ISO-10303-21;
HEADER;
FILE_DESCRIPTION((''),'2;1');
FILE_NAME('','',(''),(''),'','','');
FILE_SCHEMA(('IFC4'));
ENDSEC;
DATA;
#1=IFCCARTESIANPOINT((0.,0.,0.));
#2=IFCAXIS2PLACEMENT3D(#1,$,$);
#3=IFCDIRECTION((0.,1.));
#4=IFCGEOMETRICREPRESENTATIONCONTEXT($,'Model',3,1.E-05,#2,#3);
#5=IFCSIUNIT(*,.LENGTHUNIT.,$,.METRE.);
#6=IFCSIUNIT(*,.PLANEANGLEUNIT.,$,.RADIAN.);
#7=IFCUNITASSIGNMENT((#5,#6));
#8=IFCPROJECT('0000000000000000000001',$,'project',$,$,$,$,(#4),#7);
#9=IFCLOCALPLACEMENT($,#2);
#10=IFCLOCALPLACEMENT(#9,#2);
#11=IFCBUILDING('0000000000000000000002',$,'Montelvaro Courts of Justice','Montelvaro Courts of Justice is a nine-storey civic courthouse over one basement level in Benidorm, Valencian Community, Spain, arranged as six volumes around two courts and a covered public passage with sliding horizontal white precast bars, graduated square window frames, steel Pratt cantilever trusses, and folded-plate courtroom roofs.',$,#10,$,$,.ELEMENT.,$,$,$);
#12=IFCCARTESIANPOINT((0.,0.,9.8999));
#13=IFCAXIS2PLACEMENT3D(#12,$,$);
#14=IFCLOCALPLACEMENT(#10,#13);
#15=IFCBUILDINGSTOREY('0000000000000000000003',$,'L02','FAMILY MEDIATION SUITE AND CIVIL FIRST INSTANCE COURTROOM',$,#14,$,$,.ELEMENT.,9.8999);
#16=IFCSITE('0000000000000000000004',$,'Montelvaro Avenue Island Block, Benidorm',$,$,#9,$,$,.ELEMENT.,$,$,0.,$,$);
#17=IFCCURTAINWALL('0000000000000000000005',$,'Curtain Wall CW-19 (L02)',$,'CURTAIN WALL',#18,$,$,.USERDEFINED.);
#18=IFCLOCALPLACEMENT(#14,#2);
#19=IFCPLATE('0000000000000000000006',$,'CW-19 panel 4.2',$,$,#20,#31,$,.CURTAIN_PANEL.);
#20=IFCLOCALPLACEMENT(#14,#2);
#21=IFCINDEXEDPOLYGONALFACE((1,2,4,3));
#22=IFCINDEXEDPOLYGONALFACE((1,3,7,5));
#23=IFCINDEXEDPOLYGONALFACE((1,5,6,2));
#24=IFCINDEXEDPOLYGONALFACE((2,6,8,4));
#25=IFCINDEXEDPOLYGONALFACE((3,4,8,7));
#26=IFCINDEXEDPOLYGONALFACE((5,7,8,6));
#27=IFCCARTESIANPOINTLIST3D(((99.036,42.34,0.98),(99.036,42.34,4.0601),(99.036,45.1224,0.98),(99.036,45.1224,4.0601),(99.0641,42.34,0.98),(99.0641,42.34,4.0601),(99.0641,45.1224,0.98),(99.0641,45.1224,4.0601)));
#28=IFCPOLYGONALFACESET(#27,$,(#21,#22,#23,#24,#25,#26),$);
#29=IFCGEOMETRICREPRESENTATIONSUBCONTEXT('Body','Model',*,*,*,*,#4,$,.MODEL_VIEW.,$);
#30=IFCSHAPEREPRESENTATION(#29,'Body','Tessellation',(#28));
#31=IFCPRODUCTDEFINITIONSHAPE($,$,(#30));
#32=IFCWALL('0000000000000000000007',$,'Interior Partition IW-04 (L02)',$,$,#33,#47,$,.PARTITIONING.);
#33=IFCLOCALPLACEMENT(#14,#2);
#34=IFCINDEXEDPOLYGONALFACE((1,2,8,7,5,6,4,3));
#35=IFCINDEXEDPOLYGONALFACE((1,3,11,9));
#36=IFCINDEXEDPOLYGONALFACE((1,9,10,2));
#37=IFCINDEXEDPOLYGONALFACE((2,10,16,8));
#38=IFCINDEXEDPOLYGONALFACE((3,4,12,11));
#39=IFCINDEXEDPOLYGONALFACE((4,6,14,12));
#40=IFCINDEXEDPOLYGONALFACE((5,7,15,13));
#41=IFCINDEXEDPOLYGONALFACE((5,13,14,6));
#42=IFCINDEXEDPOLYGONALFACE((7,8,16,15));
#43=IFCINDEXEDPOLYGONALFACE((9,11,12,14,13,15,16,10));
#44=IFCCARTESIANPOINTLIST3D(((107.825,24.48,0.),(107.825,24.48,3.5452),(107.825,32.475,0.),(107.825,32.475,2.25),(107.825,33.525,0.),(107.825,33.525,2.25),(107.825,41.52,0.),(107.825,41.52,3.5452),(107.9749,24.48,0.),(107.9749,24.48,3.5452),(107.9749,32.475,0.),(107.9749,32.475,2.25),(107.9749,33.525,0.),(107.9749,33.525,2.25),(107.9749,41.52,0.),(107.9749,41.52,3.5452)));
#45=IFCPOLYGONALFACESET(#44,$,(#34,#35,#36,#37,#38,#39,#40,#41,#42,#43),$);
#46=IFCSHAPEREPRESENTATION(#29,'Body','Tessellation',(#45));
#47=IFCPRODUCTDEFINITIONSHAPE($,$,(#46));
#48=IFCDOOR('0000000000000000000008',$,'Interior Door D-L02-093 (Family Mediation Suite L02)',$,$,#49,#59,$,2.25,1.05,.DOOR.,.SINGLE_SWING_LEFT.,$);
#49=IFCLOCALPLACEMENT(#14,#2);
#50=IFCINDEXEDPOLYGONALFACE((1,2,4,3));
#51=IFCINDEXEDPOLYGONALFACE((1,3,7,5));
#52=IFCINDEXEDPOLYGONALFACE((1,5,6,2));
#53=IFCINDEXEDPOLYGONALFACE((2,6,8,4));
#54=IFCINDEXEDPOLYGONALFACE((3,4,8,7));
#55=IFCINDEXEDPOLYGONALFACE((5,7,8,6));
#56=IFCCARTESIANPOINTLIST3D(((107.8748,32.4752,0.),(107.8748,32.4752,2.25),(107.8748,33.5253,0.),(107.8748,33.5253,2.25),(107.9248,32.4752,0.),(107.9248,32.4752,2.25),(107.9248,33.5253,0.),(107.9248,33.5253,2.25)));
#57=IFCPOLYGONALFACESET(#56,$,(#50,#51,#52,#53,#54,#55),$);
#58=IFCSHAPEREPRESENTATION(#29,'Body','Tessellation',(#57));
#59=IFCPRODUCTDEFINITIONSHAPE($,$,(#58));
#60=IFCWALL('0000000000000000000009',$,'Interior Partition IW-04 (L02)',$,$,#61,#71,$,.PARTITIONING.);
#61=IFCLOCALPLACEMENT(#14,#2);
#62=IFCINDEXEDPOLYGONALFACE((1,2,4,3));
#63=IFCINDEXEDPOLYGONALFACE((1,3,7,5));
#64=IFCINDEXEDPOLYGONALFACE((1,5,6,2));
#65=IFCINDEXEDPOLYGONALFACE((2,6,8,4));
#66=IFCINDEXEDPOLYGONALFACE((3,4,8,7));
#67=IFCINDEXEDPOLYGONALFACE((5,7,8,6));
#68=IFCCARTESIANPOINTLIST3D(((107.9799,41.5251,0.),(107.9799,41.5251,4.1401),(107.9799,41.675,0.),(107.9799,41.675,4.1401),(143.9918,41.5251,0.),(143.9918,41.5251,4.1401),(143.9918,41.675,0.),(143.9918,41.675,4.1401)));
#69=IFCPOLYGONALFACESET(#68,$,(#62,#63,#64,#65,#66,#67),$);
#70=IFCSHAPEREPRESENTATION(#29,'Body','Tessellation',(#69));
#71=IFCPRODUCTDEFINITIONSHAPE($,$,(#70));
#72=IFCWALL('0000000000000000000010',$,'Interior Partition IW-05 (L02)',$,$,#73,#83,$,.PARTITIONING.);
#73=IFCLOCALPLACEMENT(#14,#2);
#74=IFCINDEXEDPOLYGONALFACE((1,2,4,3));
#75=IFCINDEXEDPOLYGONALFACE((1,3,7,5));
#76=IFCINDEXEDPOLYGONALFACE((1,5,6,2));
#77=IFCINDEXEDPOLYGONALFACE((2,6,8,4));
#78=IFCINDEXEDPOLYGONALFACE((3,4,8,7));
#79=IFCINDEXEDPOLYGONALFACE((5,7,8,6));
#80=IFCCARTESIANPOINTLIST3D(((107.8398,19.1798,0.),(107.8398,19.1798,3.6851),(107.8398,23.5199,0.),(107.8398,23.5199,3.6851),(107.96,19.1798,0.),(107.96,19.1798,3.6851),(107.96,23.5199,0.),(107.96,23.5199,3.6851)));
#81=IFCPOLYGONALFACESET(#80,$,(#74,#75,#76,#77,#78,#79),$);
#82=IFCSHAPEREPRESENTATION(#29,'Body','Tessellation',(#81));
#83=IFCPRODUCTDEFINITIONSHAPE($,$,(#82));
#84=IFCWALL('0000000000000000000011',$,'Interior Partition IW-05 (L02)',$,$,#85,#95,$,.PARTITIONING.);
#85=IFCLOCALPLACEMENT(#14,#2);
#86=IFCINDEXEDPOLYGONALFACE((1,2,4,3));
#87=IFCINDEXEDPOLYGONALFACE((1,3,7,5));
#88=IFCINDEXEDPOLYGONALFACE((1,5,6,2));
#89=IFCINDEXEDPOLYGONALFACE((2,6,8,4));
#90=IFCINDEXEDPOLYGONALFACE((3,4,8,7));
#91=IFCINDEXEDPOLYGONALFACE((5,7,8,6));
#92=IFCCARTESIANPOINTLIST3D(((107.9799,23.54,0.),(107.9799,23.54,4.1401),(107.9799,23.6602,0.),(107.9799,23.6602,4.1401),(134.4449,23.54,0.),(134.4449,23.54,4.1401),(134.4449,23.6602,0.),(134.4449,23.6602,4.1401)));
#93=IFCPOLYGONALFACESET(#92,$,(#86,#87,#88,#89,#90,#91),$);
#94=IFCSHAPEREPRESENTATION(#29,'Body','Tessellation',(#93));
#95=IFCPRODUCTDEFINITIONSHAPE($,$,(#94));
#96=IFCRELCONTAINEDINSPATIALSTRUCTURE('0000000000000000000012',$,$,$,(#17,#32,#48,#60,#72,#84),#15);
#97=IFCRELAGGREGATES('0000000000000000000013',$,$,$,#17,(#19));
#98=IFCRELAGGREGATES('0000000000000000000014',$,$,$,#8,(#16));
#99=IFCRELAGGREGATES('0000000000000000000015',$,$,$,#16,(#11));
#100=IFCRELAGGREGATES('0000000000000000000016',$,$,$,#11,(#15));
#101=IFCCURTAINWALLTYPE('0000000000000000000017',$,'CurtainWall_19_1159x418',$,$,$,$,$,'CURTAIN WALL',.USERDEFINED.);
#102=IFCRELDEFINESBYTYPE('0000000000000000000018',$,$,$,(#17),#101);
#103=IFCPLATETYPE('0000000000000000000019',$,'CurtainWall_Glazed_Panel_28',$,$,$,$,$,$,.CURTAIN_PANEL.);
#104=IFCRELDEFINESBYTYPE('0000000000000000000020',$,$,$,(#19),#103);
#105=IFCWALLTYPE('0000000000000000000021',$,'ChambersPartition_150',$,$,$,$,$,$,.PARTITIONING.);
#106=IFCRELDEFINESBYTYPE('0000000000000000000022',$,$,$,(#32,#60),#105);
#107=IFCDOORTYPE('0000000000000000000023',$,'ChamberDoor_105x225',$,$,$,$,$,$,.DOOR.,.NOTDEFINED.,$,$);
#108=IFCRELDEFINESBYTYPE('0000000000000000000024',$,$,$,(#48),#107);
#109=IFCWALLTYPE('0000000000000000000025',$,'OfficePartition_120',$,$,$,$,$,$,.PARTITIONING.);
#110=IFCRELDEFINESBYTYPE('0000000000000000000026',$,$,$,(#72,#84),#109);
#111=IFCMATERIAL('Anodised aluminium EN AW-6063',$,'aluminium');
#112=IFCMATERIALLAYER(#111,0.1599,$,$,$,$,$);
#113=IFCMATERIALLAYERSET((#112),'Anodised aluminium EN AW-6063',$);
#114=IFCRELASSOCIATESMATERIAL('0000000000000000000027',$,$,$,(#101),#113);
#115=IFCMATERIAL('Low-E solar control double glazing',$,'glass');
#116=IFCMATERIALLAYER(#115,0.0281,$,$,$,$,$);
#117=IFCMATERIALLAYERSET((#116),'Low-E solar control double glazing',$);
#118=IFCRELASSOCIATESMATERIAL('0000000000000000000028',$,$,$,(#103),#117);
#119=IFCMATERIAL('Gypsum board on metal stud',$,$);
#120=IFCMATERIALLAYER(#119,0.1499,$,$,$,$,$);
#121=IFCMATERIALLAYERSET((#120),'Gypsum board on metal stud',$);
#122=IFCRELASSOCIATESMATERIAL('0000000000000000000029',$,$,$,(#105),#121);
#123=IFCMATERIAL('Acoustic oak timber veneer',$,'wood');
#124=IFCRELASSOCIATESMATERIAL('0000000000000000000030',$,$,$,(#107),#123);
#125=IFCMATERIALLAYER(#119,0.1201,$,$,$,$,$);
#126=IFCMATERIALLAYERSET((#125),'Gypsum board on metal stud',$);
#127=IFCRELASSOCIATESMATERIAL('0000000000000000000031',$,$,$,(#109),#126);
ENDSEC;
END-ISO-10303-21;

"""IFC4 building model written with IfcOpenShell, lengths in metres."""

from ifc_helpers import new_model, si_unit, direction, frame, frame_2d, origin, origin_2d, place, context, subcontext, project, spatial, rectangle, extrude, material, layer, layer_set, type_object, element, fill, aggregate, save


model = new_model("IFC4")

# Units and contexts
model_context = context("Model", 3, precision=1e-05, world=origin(), true_north=direction((0.0, 1.0)))
body_context = subcontext(model_context, "Body", "Model", "MODEL_VIEW")
ifc_project = project(units=[si_unit("LENGTHUNIT", "METRE"), si_unit("PLANEANGLEUNIT", "RADIAN")], contexts=[model_context])

# Site, building, storey
site_placement = place(None, origin())
site = spatial("IfcSite", under=ifc_project, at=site_placement, Name="Montelvaro Avenue Island Block, Benidorm", CompositionType="ELEMENT", RefElevation=0.0)
building_placement = place(site_placement, origin())
building = spatial("IfcBuilding", under=site, at=building_placement, Name="Montelvaro Courts of Justice", Description="Montelvaro Courts of Justice is a nine-storey civic courthouse over one basement level in Benidorm, Valencian Community, Spain, arranged as six volumes around two courts and a covered public passage with sliding horizontal white precast bars, graduated square window frames, steel Pratt cantilever trusses, and folded-plate courtroom roofs.", CompositionType="ELEMENT")
storey_placement = place(building_placement, frame((0.0, 0.0, 9.8999)))
storey = spatial("IfcBuildingStorey", under=building, at=storey_placement, Name="L02", Description="FAMILY MEDIATION SUITE AND CIVIL FIRST INSTANCE COURTROOM", CompositionType="ELEMENT", Elevation=9.8999)

# Curtain wall, plate
ifc_material_1 = material(Name="Anodised aluminium EN AW-6063", Category="aluminium")
ifc_layer_1 = layer(ifc_material_1, 0.1599)
ifc_layer_set_1 = layer_set([ifc_layer_1], Name="Anodised aluminium EN AW-6063")
curtain_wall_type = type_object("IfcCurtainWallType", Name="CurtainWall_19_1159x418", ElementType="CURTAIN WALL", PredefinedType="USERDEFINED", material=ifc_layer_set_1)
curtain_wall_placement = place(storey_placement, origin())
curtain_wall = element("IfcCurtainWall", 1, at=curtain_wall_placement, inside=storey, type_object=curtain_wall_type, Name="Curtain Wall CW-19 (L02)", ObjectType="CURTAIN WALL", PredefinedType="USERDEFINED")
ifc_material_2 = material(Name="Low-E solar control double glazing", Category="glass")
ifc_layer_2 = layer(ifc_material_2, 0.0281)
ifc_layer_set_2 = layer_set([ifc_layer_2], Name="Low-E solar control double glazing")
plate_type = type_object("IfcPlateType", Name="CurtainWall_Glazed_Panel_28", PredefinedType="CURTAIN_PANEL", material=ifc_layer_set_2)
plate_1_placement = place(storey_placement, frame((99.05, 43.7312, 0.98), z_axis=(0.0, 0.0, 1.0), x_axis=(0.0, -1.0, 0.0)))
plate_1 = element("IfcPlate", 2, at=plate_1_placement, type_object=plate_type, Name="CW-19 panel 4.2", PredefinedType="CURTAIN_PANEL", context=body_context, shape_type="SweptSolid", body=[
    extrude(rectangle(XDim=2.7825, YDim=0.0281, at=origin_2d()), origin(), (0.0, 0.0, 1.0), 3.0801),
])
aggregate(curtain_wall, [plate_1])

# Wall, opening, door
ifc_material_3 = material(Name="Gypsum board on metal stud")
ifc_layer_3 = layer(ifc_material_3, 0.1499)
ifc_layer_set_3 = layer_set([ifc_layer_3], Name="Gypsum board on metal stud")
wall_type_1 = type_object("IfcWallType", Name="ChambersPartition_150", PredefinedType="PARTITIONING", material=ifc_layer_set_3)
wall_1_placement = place(storey_placement, frame((107.8999, 24.48, 0.0), z_axis=(0.0, 0.0, 1.0), x_axis=(0.0, 1.0, 0.0)))
wall_1 = element("IfcWall", 3, at=wall_1_placement, inside=storey, type_object=wall_type_1, Name="Interior Partition IW-04 (L02)", PredefinedType="PARTITIONING", context=body_context, shape_type="SweptSolid", body=[
    extrude(rectangle(XDim=17.04, YDim=0.1499, at=frame_2d((8.52, 0.0))), origin(), (0.0, 0.0, 1.0), 3.5452),
])
opening_placement = place(wall_1_placement, frame((7.9951, 0.0, 0.0)))
opening = element("IfcOpeningElement", 4, at=opening_placement, cuts=wall_1, PredefinedType="OPENING", context=body_context, shape_type="SweptSolid", body=[
    extrude(rectangle(XDim=1.05, YDim=2.25, at=frame_2d((0.5249, 1.125))), frame((0.0, 0.0898, 0.0), z_axis=(0.0, -1.0, 0.0), x_axis=(1.0, 0.0, 0.0)), (0.0, 0.0, 1.0), 0.1797),
])
ifc_material_4 = material(Name="Acoustic oak timber veneer", Category="wood")
door_type = type_object("IfcDoorType", Name="ChamberDoor_105x225", OperationType="NOTDEFINED", PredefinedType="DOOR", material=ifc_material_4)
door_placement = place(opening_placement, frame((1.05, 0.0, 0.0), z_axis=(0.0, 0.0, 1.0), x_axis=(-1.0, 0.0, 0.0)))
door = element("IfcDoor", 5, at=door_placement, inside=storey, type_object=door_type, Name="Interior Door D-L02-093 (Family Mediation Suite L02)", OperationType="SINGLE_SWING_LEFT", OverallHeight=2.25, OverallWidth=1.05, PredefinedType="DOOR", context=body_context, shape_type="SweptSolid", body=[
    extrude(rectangle(XDim=1.05, YDim=2.25, at=frame_2d((0.5249, 1.125))), frame((0.0, 0.0249, 0.0), z_axis=(0.0, -1.0, 0.0), x_axis=(1.0, 0.0, 0.0)), (0.0, 0.0, 1.0), 0.05),
])
fill(opening, door)

# Walls
wall_2_placement = place(storey_placement, frame((107.98, 41.6001, 0.0), z_axis=(0.0, 0.0, 1.0), x_axis=(1.0, 0.0, 0.0)))
element("IfcWall", 6, at=wall_2_placement, inside=storey, type_object=wall_type_1, Name="Interior Partition IW-04 (L02)", PredefinedType="PARTITIONING", context=body_context, shape_type="SweptSolid", body=[
    extrude(rectangle(XDim=36.012, YDim=0.1499, at=frame_2d((18.0059, 0.0))), origin(), (0.0, 0.0, 1.0), 4.1401),
])
ifc_layer_4 = layer(ifc_material_3, 0.1201)
ifc_layer_set_4 = layer_set([ifc_layer_4], Name="Gypsum board on metal stud")
wall_type_2 = type_object("IfcWallType", Name="OfficePartition_120", PredefinedType="PARTITIONING", material=ifc_layer_set_4)
wall_3_placement = place(storey_placement, frame((107.8999, 19.1799, 0.0), z_axis=(0.0, 0.0, 1.0), x_axis=(0.0, 1.0, 0.0)))
element("IfcWall", 7, at=wall_3_placement, inside=storey, type_object=wall_type_2, Name="Interior Partition IW-05 (L02)", PredefinedType="PARTITIONING", context=body_context, shape_type="SweptSolid", body=[
    extrude(rectangle(XDim=4.3401, YDim=0.1201, at=frame_2d((2.1699, 0.0))), origin(), (0.0, 0.0, 1.0), 3.6851),
])
wall_4_placement = place(storey_placement, frame((107.98, 23.6001, 0.0), z_axis=(0.0, 0.0, 1.0), x_axis=(1.0, 0.0, 0.0)))
element("IfcWall", 8, at=wall_4_placement, inside=storey, type_object=wall_type_2, Name="Interior Partition IW-05 (L02)", PredefinedType="PARTITIONING", context=body_context, shape_type="SweptSolid", body=[
    extrude(rectangle(XDim=26.4651, YDim=0.1201, at=frame_2d((13.2324, 0.0))), origin(), (0.0, 0.0, 1.0), 4.1401),
])

save(model, "model.ifc")
